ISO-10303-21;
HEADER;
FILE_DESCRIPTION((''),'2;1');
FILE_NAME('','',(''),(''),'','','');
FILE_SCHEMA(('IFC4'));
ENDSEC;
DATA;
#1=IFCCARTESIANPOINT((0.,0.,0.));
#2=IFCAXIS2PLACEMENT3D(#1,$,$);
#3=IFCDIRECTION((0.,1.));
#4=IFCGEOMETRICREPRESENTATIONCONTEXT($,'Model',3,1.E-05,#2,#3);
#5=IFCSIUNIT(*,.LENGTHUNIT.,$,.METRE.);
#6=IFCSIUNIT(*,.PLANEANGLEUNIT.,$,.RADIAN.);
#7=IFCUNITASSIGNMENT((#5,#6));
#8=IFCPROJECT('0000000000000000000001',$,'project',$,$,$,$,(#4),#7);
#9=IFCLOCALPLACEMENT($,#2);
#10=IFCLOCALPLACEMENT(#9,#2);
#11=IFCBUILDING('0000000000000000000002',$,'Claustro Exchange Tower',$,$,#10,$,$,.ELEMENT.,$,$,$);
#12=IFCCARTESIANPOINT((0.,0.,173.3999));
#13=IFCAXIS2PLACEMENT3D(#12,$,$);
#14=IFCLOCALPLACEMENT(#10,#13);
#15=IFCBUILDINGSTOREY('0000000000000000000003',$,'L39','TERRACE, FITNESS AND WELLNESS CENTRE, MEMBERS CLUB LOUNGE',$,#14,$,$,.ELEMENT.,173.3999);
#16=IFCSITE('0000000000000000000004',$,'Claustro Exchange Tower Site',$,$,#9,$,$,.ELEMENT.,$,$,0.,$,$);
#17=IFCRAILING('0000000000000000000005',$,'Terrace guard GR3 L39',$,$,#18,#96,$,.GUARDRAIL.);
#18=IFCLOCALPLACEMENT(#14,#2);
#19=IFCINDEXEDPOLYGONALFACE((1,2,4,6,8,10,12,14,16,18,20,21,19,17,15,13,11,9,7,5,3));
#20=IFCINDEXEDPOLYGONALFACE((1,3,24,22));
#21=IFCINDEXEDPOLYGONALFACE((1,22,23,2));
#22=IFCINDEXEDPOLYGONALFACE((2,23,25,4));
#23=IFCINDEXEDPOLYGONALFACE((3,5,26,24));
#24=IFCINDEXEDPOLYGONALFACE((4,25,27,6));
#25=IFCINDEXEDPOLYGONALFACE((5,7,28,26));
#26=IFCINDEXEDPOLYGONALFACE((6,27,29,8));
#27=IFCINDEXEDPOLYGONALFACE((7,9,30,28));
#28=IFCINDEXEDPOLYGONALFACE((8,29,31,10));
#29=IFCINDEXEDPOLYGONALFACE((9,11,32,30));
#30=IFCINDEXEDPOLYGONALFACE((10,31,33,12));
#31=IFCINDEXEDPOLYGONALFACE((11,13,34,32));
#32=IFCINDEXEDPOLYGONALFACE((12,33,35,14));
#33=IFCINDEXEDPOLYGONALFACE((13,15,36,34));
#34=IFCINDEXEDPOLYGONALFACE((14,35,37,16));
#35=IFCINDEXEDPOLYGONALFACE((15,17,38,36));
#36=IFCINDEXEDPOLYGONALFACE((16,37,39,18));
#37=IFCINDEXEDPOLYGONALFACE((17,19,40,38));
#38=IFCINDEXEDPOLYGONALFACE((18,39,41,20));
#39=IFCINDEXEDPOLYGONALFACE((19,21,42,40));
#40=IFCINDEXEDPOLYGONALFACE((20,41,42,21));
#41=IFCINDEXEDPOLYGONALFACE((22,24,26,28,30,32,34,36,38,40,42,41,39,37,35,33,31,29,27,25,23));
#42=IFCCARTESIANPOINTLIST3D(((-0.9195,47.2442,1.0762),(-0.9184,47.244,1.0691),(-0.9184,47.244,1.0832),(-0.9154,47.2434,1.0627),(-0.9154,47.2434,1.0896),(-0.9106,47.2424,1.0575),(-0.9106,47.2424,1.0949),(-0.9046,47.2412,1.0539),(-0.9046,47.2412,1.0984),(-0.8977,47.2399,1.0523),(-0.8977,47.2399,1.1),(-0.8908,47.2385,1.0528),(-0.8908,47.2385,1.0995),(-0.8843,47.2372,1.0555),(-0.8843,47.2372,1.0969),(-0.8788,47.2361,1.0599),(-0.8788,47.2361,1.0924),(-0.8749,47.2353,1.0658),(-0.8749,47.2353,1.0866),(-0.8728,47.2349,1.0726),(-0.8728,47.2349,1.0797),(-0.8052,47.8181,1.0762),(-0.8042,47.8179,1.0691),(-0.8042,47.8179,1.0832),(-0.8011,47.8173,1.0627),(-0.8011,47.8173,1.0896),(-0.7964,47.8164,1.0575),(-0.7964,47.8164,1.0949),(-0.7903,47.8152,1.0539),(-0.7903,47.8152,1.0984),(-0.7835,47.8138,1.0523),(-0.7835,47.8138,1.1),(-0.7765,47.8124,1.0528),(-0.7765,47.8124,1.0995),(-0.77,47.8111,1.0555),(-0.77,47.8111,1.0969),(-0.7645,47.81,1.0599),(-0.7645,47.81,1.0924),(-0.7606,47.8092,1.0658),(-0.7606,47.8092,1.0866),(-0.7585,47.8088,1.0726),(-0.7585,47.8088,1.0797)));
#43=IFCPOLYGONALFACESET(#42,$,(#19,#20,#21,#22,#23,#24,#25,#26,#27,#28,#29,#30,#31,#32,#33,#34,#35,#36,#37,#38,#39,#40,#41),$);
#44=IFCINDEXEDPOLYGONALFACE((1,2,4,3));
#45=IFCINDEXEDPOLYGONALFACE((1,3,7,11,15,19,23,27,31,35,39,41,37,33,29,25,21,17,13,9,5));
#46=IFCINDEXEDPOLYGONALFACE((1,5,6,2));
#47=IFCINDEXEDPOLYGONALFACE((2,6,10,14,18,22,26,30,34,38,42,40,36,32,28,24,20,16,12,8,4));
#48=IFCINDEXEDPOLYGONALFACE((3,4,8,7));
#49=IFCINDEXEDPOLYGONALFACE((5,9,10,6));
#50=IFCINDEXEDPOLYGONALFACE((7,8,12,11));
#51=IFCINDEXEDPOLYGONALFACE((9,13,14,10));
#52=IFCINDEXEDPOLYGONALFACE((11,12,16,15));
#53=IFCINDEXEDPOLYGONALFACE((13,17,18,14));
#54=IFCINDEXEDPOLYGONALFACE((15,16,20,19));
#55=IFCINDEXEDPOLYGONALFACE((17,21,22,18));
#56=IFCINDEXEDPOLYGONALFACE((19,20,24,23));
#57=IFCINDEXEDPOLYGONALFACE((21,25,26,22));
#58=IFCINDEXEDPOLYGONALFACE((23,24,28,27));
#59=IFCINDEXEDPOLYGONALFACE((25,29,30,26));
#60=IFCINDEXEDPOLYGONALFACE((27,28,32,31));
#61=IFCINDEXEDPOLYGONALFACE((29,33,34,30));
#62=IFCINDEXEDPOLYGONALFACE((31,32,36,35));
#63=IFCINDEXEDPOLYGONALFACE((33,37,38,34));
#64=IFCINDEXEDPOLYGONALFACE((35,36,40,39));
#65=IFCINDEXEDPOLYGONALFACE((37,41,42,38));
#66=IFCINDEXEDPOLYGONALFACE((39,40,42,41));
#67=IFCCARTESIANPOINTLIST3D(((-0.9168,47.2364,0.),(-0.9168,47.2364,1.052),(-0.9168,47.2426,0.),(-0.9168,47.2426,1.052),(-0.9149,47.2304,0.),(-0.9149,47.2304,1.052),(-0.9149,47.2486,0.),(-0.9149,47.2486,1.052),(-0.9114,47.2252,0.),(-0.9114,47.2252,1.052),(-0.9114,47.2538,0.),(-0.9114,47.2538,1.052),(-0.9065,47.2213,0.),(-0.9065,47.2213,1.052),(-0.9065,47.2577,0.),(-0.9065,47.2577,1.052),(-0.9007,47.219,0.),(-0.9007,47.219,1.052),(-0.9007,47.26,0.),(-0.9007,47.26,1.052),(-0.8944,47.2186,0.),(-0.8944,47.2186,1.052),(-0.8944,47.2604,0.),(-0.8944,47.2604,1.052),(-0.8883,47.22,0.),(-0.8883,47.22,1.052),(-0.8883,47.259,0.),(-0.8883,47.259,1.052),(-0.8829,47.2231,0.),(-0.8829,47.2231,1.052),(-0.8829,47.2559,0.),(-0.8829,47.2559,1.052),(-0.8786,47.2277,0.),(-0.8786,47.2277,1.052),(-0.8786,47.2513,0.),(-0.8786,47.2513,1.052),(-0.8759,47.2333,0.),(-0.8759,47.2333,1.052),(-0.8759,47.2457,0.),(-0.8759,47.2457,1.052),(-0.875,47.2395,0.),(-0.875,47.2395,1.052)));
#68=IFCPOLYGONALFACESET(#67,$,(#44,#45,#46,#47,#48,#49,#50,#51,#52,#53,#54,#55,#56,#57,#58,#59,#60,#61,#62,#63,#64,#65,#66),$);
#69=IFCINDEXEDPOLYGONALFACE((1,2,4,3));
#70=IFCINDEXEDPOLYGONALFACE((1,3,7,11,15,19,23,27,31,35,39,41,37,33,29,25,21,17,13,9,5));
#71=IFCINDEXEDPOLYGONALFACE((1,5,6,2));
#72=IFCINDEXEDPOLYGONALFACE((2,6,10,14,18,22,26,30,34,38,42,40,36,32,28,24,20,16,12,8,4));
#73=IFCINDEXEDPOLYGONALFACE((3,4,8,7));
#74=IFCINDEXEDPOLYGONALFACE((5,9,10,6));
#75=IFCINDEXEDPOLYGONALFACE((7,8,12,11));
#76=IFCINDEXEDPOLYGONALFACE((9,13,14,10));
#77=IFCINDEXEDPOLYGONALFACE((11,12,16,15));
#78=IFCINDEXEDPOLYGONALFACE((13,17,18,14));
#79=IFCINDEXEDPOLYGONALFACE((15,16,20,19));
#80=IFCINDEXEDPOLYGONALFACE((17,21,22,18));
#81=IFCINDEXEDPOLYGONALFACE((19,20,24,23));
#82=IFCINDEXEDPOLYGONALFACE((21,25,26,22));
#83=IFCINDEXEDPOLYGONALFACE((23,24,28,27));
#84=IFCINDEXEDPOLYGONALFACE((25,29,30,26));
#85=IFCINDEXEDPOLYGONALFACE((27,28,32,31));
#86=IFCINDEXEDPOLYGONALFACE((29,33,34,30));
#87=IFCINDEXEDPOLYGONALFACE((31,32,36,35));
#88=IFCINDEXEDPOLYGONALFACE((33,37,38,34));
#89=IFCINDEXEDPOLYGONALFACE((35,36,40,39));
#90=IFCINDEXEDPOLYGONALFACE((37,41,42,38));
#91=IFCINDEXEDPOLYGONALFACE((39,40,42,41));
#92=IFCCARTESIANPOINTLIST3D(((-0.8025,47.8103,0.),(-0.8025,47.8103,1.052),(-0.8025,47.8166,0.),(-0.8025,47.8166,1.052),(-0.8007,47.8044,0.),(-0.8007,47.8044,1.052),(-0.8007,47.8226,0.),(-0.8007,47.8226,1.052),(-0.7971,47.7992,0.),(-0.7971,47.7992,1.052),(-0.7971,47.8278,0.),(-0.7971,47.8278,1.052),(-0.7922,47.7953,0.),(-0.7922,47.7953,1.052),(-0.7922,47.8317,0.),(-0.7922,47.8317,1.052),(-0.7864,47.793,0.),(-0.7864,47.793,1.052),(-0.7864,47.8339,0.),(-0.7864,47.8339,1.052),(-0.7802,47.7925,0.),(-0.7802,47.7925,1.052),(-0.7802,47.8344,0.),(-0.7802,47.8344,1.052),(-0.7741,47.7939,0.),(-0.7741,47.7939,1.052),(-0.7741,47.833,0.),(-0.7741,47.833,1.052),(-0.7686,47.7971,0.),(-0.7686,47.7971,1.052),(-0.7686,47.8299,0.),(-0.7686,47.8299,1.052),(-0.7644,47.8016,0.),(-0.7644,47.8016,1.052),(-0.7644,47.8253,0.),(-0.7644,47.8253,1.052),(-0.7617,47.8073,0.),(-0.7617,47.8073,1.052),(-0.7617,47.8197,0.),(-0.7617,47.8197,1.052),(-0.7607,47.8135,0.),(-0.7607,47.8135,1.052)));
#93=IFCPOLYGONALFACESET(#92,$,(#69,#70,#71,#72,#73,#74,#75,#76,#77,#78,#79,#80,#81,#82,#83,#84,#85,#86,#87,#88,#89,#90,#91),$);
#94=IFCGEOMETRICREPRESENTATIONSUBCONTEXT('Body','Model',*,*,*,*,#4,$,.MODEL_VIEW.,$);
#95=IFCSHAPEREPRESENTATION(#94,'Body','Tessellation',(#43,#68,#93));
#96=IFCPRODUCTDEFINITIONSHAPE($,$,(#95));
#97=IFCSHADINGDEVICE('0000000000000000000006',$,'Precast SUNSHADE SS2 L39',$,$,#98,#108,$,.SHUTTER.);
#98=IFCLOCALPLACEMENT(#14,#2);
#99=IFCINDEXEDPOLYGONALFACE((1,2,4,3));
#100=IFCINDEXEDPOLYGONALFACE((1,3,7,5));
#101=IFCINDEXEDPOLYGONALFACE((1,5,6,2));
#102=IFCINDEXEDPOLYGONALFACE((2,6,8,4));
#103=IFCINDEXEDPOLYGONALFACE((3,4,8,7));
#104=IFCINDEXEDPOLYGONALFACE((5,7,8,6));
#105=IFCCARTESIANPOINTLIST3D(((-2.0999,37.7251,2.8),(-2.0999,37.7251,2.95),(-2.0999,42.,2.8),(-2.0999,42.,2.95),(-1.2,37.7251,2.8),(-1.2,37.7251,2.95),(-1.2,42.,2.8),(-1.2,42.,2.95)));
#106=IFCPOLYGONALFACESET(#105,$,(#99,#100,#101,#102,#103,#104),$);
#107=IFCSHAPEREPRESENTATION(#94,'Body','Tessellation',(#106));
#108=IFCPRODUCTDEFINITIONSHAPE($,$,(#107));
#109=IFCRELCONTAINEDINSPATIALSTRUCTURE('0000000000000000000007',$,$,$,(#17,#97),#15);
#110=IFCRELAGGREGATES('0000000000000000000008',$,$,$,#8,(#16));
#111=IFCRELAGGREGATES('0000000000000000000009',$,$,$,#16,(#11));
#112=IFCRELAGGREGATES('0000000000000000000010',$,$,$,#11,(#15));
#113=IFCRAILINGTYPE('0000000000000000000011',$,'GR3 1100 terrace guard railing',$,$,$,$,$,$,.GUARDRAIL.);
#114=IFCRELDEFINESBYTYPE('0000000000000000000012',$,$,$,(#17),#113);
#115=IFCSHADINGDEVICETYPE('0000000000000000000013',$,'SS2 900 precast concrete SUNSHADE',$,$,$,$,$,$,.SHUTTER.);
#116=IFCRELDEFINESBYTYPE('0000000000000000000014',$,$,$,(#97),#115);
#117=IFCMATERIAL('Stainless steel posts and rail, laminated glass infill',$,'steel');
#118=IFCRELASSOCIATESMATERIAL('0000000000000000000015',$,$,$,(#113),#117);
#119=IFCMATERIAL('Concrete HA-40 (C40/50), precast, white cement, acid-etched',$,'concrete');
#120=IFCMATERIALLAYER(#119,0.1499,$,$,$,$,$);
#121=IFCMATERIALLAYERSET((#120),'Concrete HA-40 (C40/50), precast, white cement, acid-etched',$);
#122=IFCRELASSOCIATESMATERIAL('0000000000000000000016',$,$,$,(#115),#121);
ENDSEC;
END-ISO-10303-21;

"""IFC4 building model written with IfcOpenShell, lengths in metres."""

from ifc_helpers import new_model, si_unit, direction, frame, origin, origin_2d, place, context, subcontext, project, spatial, rectangle, circle, extrude, material, layer, layer_set, type_object, element, save


model = new_model("IFC4")

# Units and contexts
model_context = context("Model", 3, precision=1e-05, world=origin(), true_north=direction((0.0, 1.0)))
body_context = subcontext(model_context, "Body", "Model", "MODEL_VIEW")
ifc_project = project(units=[si_unit("LENGTHUNIT", "METRE"), si_unit("PLANEANGLEUNIT", "RADIAN")], contexts=[model_context])

# Site, building, storey
site_placement = place(None, origin())
site = spatial("IfcSite", under=ifc_project, at=site_placement, Name="Claustro Exchange Tower Site", CompositionType="ELEMENT", RefElevation=0.0)
building_placement = place(site_placement, origin())
building = spatial("IfcBuilding", under=site, at=building_placement, Name="Claustro Exchange Tower", CompositionType="ELEMENT")
storey_placement = place(building_placement, frame((0.0, 0.0, 173.3999)))
storey = spatial("IfcBuildingStorey", under=building, at=storey_placement, Name="L39", Description="TERRACE, FITNESS AND WELLNESS CENTRE, MEMBERS CLUB LOUNGE", CompositionType="ELEMENT", Elevation=173.3999)

# Railing
ifc_material_1 = material(Name="Stainless steel posts and rail, laminated glass infill", Category="steel")
railing_type = type_object("IfcRailingType", Name="GR3 1100 terrace guard railing", PredefinedType="GUARDRAIL", material=ifc_material_1)
railing_1_placement = place(storey_placement, frame((-0.896, 47.2395, 0.0)))
element("IfcRailing", 1, at=railing_1_placement, inside=storey, type_object=railing_type, Name="Terrace guard GR3 L39", PredefinedType="GUARDRAIL", context=body_context, shape_type="SweptSolid", body=[
    extrude(circle(Radius=0.0239, at=origin_2d()), frame((0.0, 0.0, 1.0762), z_axis=(0.195234, 0.980757, 0.0), x_axis=(-0.980757, 0.195234, 0.0)), (0.0, 0.0, 1.0), 0.5852),
    extrude(circle(Radius=0.021, at=origin_2d()), origin(), (0.0, 0.0, 1.0), 1.052),
    extrude(circle(Radius=0.021, at=origin_2d()), frame((0.1143, 0.574, 0.0)), (0.0, 0.0, 1.0), 1.052),
])

# Shading device
ifc_material_2 = material(Name="Concrete HA-40 (C40/50), precast, white cement, acid-etched", Category="concrete")
ifc_layer_1 = layer(ifc_material_2, 0.1499)
ifc_layer_set_1 = layer_set([ifc_layer_1], Name="Concrete HA-40 (C40/50), precast, white cement, acid-etched")
shading_device_type = type_object("IfcShadingDeviceType", Name="SS2 900 precast concrete SUNSHADE", PredefinedType="SHUTTER", material=ifc_layer_set_1)
shading_device_placement = place(storey_placement, frame((-1.6499, 39.8625, 2.8), z_axis=(0.0, 0.0, 1.0), x_axis=(0.0, 1.0, 0.0)))
element("IfcShadingDevice", 2, at=shading_device_placement, inside=storey, type_object=shading_device_type, Name="Precast SUNSHADE SS2 L39", PredefinedType="SHUTTER", context=body_context, shape_type="SweptSolid", body=[
    extrude(rectangle(XDim=4.2749, YDim=0.8999, at=origin_2d()), origin(), (0.0, 0.0, 1.0), 0.1499),
])

save(model, "model.ifc")
